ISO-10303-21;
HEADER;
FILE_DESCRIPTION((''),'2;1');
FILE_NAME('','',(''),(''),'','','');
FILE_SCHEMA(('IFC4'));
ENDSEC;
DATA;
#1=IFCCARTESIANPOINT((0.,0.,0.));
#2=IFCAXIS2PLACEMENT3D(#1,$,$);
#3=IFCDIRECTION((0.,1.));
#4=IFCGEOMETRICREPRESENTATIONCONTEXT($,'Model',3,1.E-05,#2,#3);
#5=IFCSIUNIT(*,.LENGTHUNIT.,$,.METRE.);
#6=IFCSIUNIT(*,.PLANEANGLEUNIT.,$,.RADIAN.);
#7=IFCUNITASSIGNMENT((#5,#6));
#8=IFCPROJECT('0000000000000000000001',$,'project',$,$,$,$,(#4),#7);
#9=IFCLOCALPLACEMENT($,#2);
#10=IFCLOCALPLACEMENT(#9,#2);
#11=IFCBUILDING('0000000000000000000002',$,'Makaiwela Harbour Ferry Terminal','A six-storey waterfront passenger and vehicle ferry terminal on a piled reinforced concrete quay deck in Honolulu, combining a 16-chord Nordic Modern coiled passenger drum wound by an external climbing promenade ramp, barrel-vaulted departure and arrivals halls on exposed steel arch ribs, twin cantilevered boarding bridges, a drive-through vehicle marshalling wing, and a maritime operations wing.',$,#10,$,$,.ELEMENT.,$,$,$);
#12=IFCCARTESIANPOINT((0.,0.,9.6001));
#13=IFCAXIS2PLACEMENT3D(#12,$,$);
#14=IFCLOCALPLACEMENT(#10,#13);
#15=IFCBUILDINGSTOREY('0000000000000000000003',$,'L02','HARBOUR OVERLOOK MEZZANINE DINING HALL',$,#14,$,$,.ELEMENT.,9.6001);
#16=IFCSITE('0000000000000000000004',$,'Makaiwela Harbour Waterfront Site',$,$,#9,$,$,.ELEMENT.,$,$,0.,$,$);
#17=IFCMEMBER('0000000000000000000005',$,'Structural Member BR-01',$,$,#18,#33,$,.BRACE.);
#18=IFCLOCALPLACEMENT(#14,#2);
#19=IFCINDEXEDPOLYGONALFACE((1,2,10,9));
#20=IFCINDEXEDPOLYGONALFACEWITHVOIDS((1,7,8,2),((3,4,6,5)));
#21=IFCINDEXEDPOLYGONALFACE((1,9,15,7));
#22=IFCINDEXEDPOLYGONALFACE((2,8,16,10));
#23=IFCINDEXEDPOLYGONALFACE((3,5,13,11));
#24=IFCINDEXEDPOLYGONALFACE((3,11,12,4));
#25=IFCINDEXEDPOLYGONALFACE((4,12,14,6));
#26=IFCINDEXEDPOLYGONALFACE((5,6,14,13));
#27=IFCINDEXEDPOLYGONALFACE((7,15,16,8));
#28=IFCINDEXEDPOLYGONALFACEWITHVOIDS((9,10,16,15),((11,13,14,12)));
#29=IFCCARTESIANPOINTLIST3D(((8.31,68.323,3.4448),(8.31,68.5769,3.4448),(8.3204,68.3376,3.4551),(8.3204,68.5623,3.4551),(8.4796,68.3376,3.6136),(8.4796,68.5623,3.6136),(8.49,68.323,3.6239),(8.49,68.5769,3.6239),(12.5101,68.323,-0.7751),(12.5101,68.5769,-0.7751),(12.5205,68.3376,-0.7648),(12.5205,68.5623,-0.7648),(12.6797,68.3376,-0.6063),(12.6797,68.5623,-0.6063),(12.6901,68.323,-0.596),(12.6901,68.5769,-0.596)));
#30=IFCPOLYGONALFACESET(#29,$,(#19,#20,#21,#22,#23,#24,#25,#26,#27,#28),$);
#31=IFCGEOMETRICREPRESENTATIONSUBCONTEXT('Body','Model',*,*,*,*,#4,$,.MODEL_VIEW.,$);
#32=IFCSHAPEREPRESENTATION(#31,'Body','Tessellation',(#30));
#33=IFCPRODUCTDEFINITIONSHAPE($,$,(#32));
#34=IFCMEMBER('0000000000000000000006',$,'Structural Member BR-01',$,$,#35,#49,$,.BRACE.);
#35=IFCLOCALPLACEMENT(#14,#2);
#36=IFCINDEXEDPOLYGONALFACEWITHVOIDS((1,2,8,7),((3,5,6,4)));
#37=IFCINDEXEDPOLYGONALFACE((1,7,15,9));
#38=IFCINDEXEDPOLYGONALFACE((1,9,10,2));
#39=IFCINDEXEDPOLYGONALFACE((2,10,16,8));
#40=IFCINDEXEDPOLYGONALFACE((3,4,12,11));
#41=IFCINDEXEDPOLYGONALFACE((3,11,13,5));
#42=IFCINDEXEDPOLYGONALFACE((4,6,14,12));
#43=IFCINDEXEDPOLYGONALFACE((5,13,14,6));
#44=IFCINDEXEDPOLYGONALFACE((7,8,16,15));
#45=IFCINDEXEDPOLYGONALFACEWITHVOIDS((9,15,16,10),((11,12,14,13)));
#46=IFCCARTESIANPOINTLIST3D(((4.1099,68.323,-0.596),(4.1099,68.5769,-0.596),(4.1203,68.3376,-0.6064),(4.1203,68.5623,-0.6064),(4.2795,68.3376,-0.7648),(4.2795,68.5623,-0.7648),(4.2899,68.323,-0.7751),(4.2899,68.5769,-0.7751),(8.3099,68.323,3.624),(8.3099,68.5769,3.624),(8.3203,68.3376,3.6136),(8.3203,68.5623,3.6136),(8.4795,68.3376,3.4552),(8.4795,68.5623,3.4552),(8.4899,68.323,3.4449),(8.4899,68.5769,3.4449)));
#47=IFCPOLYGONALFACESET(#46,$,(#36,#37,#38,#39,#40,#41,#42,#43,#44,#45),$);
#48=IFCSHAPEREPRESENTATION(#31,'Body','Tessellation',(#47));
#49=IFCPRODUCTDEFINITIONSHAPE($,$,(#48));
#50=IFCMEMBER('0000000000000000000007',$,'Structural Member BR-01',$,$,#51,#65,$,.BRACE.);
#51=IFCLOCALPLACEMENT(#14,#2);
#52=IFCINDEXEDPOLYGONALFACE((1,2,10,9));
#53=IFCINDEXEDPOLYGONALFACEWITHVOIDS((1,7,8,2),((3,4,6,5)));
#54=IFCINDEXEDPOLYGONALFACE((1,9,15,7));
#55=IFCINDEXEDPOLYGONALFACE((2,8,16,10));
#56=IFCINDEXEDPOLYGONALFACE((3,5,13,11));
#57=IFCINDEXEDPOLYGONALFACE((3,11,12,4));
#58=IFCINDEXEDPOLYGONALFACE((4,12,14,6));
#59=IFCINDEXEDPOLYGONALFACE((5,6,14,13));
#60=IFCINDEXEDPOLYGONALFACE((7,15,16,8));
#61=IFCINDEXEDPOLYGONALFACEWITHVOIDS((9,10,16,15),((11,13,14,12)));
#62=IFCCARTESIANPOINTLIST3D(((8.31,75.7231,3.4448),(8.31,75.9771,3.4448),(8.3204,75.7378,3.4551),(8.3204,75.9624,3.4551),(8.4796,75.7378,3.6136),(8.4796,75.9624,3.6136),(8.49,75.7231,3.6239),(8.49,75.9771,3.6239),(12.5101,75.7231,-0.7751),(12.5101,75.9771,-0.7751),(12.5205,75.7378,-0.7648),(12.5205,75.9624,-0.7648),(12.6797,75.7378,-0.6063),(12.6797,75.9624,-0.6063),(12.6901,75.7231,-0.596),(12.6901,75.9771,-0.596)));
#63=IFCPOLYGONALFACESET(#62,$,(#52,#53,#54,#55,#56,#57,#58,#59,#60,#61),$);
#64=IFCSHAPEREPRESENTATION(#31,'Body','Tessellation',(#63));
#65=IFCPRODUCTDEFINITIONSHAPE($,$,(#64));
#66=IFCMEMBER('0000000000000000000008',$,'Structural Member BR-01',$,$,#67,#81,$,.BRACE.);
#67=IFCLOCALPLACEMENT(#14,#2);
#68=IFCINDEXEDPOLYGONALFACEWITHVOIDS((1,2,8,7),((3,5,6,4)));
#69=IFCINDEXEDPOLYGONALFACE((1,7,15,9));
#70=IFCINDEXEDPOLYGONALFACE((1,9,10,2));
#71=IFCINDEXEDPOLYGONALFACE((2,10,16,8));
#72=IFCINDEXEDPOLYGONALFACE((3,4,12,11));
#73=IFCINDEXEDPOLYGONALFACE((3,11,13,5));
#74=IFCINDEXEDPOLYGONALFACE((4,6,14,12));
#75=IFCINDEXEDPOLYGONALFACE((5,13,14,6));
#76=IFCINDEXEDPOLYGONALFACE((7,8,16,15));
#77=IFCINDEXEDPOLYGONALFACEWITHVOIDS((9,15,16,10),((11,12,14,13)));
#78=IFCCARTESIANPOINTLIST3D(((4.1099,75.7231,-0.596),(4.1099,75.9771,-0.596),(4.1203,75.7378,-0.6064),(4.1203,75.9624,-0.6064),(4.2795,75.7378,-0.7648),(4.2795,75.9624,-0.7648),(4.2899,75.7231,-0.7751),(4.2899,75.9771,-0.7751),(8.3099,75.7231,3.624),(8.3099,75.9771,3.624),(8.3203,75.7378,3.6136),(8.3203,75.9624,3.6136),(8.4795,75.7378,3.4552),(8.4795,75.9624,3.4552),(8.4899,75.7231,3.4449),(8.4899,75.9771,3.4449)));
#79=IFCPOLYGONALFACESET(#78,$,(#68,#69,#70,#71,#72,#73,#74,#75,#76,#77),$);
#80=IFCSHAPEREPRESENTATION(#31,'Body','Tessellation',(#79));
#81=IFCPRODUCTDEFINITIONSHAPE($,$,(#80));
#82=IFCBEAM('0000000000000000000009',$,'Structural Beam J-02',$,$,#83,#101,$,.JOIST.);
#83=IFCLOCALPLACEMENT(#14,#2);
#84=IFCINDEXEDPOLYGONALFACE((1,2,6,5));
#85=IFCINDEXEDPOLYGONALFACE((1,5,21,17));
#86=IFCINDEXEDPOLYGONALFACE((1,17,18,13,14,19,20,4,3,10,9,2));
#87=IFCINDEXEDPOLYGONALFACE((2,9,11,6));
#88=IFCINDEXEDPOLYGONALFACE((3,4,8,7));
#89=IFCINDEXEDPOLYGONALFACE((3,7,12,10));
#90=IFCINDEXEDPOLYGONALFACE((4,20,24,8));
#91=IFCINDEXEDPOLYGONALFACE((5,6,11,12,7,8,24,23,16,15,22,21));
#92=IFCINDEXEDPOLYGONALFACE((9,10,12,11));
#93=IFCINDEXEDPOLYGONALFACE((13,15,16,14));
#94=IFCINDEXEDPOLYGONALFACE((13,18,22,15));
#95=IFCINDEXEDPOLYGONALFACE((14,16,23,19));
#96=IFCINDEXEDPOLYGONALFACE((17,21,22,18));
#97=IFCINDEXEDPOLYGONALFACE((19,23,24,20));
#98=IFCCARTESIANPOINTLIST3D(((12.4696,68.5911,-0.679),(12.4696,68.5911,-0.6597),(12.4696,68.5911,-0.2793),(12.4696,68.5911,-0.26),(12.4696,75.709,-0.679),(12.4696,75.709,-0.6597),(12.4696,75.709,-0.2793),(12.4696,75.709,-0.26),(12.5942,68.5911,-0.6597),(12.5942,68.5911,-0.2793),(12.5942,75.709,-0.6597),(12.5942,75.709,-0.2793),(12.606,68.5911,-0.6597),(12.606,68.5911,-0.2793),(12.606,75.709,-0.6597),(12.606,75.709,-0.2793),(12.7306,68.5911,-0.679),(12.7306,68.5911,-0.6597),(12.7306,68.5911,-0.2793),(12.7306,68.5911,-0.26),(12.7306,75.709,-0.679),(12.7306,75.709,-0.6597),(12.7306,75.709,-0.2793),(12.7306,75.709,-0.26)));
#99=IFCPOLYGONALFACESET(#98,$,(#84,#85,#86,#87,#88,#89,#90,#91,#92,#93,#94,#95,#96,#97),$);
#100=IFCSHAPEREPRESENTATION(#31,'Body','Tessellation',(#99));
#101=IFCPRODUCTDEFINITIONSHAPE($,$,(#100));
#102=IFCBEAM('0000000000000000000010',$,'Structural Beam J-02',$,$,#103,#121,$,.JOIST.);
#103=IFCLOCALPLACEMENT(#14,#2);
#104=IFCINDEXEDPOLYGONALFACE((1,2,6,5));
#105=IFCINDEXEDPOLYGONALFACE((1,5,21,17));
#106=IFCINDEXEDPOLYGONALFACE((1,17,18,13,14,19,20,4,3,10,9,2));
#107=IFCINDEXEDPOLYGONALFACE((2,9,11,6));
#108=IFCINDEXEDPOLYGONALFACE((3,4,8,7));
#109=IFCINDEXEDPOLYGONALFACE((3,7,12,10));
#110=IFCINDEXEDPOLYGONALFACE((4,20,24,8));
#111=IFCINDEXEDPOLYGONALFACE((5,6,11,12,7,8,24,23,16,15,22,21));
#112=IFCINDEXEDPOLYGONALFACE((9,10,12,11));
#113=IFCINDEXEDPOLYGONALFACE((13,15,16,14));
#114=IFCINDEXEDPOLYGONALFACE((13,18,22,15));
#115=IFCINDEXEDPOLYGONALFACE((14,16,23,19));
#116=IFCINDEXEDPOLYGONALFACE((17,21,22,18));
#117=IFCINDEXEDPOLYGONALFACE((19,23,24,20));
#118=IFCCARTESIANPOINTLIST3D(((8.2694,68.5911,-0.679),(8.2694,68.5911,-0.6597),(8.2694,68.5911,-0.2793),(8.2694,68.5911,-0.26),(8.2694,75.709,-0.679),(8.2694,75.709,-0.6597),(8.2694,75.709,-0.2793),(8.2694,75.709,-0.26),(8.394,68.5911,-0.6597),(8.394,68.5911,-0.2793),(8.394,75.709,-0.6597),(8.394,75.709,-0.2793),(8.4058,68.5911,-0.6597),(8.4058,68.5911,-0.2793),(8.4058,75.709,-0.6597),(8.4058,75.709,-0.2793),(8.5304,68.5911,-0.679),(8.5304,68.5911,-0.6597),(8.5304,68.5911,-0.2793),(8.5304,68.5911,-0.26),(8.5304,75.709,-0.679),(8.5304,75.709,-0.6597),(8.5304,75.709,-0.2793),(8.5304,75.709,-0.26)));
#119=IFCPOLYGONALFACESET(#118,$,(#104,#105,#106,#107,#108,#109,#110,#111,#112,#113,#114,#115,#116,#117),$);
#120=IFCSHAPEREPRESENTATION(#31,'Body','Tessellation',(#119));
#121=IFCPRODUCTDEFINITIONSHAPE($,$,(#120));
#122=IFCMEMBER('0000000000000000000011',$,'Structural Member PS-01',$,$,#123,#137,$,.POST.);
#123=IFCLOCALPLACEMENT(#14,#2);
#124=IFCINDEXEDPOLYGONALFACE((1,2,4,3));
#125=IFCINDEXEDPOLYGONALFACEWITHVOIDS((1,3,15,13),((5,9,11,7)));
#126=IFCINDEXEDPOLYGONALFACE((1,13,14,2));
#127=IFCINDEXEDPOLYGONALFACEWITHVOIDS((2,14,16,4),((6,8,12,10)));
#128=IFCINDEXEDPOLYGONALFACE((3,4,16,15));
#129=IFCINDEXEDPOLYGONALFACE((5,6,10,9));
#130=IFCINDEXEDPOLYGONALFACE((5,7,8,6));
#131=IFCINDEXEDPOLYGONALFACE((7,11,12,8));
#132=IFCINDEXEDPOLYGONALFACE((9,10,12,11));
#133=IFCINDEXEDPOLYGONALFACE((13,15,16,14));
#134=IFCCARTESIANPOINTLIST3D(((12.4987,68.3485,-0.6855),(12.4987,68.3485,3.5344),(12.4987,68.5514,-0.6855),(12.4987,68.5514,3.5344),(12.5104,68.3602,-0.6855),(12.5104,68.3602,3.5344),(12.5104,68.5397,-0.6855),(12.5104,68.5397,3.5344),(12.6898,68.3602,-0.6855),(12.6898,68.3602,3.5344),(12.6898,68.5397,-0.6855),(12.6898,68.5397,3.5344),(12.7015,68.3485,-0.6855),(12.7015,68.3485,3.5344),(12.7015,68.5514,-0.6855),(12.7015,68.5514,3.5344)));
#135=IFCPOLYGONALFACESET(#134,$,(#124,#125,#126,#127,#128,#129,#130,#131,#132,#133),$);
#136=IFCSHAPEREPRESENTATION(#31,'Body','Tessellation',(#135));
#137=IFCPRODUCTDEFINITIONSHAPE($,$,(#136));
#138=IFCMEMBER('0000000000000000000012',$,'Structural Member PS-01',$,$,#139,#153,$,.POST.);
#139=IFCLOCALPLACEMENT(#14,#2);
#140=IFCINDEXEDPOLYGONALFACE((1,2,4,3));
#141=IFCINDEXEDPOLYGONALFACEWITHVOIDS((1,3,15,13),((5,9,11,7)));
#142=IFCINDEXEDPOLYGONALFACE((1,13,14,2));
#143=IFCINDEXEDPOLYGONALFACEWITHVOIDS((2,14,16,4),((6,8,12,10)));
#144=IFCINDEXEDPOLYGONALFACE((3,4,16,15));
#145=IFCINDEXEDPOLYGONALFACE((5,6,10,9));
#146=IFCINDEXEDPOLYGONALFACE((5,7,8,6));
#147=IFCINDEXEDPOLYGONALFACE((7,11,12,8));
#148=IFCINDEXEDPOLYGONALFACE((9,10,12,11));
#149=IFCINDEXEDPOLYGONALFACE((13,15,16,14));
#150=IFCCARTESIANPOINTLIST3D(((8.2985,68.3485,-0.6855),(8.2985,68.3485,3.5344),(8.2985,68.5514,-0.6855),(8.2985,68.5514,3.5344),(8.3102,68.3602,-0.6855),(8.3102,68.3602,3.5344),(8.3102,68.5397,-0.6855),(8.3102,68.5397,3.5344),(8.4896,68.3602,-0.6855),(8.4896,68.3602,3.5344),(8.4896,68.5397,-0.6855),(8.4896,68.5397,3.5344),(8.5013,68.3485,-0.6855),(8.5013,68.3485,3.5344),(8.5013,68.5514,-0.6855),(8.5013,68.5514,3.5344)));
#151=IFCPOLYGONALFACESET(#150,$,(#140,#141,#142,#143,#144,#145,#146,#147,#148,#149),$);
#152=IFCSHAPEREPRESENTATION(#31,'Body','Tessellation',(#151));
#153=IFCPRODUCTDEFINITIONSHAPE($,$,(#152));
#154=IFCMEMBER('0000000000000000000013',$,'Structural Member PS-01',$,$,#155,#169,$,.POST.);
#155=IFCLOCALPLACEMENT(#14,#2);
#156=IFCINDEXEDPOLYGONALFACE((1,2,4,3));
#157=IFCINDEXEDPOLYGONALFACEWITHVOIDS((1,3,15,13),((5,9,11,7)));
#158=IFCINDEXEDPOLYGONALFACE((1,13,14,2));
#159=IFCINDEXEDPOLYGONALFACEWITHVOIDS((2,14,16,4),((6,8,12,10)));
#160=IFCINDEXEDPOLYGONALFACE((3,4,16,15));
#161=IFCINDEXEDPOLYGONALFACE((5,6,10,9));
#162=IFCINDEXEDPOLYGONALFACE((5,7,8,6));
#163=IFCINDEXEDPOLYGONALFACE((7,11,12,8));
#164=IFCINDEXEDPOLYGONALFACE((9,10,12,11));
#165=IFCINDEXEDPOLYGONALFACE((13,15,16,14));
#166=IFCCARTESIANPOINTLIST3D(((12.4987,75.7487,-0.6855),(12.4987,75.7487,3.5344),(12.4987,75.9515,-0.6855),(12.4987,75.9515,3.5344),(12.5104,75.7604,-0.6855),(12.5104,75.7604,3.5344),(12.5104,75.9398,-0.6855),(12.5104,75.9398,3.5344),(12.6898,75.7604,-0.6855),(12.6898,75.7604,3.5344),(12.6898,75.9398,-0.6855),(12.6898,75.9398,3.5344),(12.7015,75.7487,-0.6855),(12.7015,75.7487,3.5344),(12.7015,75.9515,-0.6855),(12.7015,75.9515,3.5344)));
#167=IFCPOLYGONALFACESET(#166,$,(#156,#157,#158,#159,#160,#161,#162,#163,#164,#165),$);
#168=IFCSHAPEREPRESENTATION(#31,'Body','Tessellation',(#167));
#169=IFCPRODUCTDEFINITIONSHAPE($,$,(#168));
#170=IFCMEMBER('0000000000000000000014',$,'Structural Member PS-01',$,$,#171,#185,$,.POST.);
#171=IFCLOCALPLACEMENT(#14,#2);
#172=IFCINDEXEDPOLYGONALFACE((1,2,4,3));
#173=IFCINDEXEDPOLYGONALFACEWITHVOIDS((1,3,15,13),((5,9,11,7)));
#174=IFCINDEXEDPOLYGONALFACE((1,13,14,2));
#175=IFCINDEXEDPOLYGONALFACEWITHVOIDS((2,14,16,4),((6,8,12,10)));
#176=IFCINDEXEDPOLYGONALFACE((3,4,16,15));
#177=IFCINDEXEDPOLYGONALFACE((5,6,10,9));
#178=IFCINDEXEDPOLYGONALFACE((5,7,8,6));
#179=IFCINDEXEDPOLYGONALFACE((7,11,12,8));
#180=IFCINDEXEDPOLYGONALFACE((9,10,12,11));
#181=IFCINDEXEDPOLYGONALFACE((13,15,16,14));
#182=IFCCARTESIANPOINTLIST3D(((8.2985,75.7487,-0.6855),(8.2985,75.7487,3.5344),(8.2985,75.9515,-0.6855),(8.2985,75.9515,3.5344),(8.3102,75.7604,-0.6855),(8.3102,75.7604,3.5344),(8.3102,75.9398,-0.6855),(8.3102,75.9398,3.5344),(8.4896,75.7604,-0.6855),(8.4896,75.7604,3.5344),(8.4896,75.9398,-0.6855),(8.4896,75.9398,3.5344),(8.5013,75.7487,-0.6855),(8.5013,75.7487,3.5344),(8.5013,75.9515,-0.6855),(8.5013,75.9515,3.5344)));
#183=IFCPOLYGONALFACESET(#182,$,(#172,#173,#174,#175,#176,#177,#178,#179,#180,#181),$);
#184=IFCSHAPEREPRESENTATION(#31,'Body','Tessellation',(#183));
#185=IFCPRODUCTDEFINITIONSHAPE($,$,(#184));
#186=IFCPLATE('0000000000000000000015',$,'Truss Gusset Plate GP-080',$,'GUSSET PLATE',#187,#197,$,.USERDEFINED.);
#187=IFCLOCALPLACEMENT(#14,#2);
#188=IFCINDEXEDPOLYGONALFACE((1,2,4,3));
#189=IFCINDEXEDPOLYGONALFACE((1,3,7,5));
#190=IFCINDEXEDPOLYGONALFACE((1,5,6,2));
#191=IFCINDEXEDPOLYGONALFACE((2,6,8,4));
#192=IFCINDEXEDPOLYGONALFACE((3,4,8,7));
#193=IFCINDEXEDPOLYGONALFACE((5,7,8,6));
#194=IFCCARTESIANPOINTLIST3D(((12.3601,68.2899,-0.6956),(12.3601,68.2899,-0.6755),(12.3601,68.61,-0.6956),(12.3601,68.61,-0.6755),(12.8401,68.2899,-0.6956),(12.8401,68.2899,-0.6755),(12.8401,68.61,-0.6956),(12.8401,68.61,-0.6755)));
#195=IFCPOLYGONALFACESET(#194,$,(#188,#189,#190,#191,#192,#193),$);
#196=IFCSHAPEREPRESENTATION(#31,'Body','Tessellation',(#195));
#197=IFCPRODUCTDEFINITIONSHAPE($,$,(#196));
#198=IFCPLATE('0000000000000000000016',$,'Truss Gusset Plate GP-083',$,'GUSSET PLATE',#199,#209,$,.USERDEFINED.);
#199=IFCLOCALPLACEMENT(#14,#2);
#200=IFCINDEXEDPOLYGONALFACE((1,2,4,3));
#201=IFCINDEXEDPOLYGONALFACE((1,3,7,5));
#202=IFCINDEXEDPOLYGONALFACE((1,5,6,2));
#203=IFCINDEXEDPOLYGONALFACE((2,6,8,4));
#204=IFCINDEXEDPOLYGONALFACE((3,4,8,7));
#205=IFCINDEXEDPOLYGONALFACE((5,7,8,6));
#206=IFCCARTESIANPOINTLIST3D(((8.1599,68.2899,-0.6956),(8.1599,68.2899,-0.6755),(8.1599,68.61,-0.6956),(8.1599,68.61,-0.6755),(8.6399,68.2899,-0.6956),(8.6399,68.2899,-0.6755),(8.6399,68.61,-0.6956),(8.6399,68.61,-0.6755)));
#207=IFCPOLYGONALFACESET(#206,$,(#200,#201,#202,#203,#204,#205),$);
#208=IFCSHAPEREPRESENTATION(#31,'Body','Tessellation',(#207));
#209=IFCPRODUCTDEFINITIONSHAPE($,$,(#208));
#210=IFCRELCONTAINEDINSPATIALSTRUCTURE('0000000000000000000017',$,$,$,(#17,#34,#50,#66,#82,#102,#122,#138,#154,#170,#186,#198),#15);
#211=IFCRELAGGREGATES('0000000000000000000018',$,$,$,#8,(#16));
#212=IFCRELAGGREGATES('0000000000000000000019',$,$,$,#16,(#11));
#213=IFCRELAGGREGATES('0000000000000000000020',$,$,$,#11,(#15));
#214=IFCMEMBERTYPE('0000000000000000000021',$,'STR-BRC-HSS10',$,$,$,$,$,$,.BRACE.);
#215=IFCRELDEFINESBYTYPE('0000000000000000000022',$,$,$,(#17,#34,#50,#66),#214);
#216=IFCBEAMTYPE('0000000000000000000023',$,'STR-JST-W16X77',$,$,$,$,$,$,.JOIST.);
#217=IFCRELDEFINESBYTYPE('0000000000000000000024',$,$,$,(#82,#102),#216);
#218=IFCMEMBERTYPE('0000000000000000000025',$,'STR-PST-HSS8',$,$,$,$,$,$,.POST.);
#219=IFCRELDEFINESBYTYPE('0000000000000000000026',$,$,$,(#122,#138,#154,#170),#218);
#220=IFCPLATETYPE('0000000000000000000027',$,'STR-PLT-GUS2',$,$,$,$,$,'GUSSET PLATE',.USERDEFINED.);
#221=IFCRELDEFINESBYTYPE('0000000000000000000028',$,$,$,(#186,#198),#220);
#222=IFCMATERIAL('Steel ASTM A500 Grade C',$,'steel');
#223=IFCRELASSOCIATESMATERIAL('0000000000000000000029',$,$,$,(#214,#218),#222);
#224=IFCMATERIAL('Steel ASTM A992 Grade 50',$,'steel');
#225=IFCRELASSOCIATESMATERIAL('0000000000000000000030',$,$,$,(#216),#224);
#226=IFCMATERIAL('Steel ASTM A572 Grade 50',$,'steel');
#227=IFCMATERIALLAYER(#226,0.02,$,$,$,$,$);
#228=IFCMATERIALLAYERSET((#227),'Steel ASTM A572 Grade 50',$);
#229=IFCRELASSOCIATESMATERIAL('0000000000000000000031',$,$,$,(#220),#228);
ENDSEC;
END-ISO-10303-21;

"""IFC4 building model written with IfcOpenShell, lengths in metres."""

from ifc_helpers import new_model, si_unit, direction, frame, origin, origin_2d, place, context, subcontext, project, spatial, rectangle, hollow_rectangle, i_section, extrude, material, layer, layer_set, material_profile, profile_set, type_object, element, save


model = new_model("IFC4")

# Units and contexts
model_context = context("Model", 3, precision=1e-05, world=origin(), true_north=direction((0.0, 1.0)))
body_context = subcontext(model_context, "Body", "Model", "MODEL_VIEW")
ifc_project = project(units=[si_unit("LENGTHUNIT", "METRE"), si_unit("PLANEANGLEUNIT", "RADIAN")], contexts=[model_context])

# Site, building, storey
site_placement = place(None, origin())
site = spatial("IfcSite", under=ifc_project, at=site_placement, Name="Makaiwela Harbour Waterfront Site", CompositionType="ELEMENT", RefElevation=0.0)
building_placement = place(site_placement, origin())
building = spatial("IfcBuilding", under=site, at=building_placement, Name="Makaiwela Harbour Ferry Terminal", Description="A six-storey waterfront passenger and vehicle ferry terminal on a piled reinforced concrete quay deck in Honolulu, combining a 16-chord Nordic Modern coiled passenger drum wound by an external climbing promenade ramp, barrel-vaulted departure and arrivals halls on exposed steel arch ribs, twin cantilevered boarding bridges, a drive-through vehicle marshalling wing, and a maritime operations wing.", CompositionType="ELEMENT")
storey_placement = place(building_placement, frame((0.0, 0.0, 9.6001)))
storey = spatial("IfcBuildingStorey", under=building, at=storey_placement, Name="L02", Description="HARBOUR OVERLOOK MEZZANINE DINING HALL", CompositionType="ELEMENT", Elevation=9.6001)

# Members
ifc_material_1 = material(Name="Steel ASTM A500 Grade C", Category="steel")
ifc_material_profile_1 = material_profile(ifc_material_1, hollow_rectangle(XDim=0.2539, YDim=0.2539, WallThickness=0.0146, at=origin_2d()), Name="HSS10X10X5/8")
ifc_profile_set_1 = profile_set([ifc_material_profile_1], Name="Steel ASTM A500 Grade C")
member_type_1 = type_object("IfcMemberType", Name="STR-BRC-HSS10", PredefinedType="BRACE", material=ifc_profile_set_1)
for number, where, z_axis, x_axis, name in (
    (1, (12.6001, 68.45, -0.6855), (-0.705444, 0.0, 0.708766), (0.0, -1.0, 0.0), "Structural Member BR-01"),
    (2, (8.3999, 68.45, 3.5344), (-0.705424, 0.0, -0.708786), (0.0, -1.0, 0.0), "Structural Member BR-01"),
    (3, (12.6001, 75.8501, -0.6855), (-0.705444, 0.0, 0.708766), (0.0, -1.0, 0.0), "Structural Member BR-01"),
    (4, (8.3999, 75.8501, 3.5344), (-0.705424, 0.0, -0.708786), (0.0, -1.0, 0.0), "Structural Member BR-01"),
):
    element("IfcMember", number, at=place(storey_placement, frame(where, z_axis=z_axis, x_axis=x_axis)), inside=storey, type_object=member_type_1, Name=name, PredefinedType="BRACE", context=body_context, shape_type="SweptSolid", body=[
        extrude(hollow_rectangle(XDim=0.2539, YDim=0.2539, WallThickness=0.0146, at=origin_2d()), origin(), (0.0, 0.0, 1.0), 5.9539),
    ])

# Beams
ifc_material_2 = material(Name="Steel ASTM A992 Grade 50", Category="steel")
ifc_material_profile_2 = material_profile(ifc_material_2, i_section(OverallWidth=0.261, OverallDepth=0.4189, WebThickness=0.0117, FlangeThickness=0.0193, at=origin_2d()), Name="W16X77")
ifc_profile_set_2 = profile_set([ifc_material_profile_2], Name="Steel ASTM A992 Grade 50")
beam_type = type_object("IfcBeamType", Name="STR-JST-W16X77", PredefinedType="JOIST", material=ifc_profile_set_2)
for number, where, z_axis, x_axis, name in (
    (5, (12.6001, 68.5911, -0.4695), (0.0, 1.0, 0.0), (-1.0, 0.0, 0.0), "Structural Beam J-02"),
    (6, (8.3999, 68.5911, -0.4695), (0.0, 1.0, 0.0), (-1.0, 0.0, 0.0), "Structural Beam J-02"),
):
    element("IfcBeam", number, at=place(storey_placement, frame(where, z_axis=z_axis, x_axis=x_axis)), inside=storey, type_object=beam_type, Name=name, PredefinedType="JOIST", context=body_context, shape_type="SweptSolid", body=[
        extrude(i_section(OverallWidth=0.261, OverallDepth=0.4189, WebThickness=0.0117, FlangeThickness=0.0193, at=origin_2d()), origin(), (0.0, 0.0, 1.0), 7.1179),
    ])

# Members
ifc_material_profile_3 = material_profile(ifc_material_1, hollow_rectangle(XDim=0.2029, YDim=0.2029, WallThickness=0.0117, at=origin_2d()), Name="HSS8X8X1/2")
ifc_profile_set_3 = profile_set([ifc_material_profile_3], Name="Steel ASTM A500 Grade C")
member_type_2 = type_object("IfcMemberType", Name="STR-PST-HSS8", PredefinedType="POST", material=ifc_profile_set_3)
for number, where, z_axis, x_axis, name in (
    (7, (12.6001, 68.45, -0.6855), (0.0, 0.0, 1.0), (1.0, 0.0, 0.0), "Structural Member PS-01"),
    (8, (8.3999, 68.45, -0.6855), (0.0, 0.0, 1.0), (1.0, 0.0, 0.0), "Structural Member PS-01"),
    (9, (12.6001, 75.8501, -0.6855), (0.0, 0.0, 1.0), (1.0, 0.0, 0.0), "Structural Member PS-01"),
    (10, (8.3999, 75.8501, -0.6855), (0.0, 0.0, 1.0), (1.0, 0.0, 0.0), "Structural Member PS-01"),
):
    element("IfcMember", number, at=place(storey_placement, frame(where, z_axis=z_axis, x_axis=x_axis)), inside=storey, type_object=member_type_2, Name=name, PredefinedType="POST", context=body_context, shape_type="SweptSolid", body=[
        extrude(hollow_rectangle(XDim=0.2029, YDim=0.2029, WallThickness=0.0117, at=origin_2d()), origin(), (0.0, 0.0, 1.0), 4.22),
    ])

# Plates
ifc_material_3 = material(Name="Steel ASTM A572 Grade 50", Category="steel")
ifc_layer_1 = layer(ifc_material_3, 0.02)
ifc_layer_set_1 = layer_set([ifc_layer_1], Name="Steel ASTM A572 Grade 50")
plate_type = type_object("IfcPlateType", Name="STR-PLT-GUS2", ElementType="GUSSET PLATE", PredefinedType="USERDEFINED", material=ifc_layer_set_1)
for number, where, z_axis, x_axis, name in (
    (11, (12.6001, 68.45, -0.6956), (0.0, 0.0, 1.0), (1.0, 0.0, 0.0), "Truss Gusset Plate GP-080"),
    (12, (8.3999, 68.45, -0.6956), (0.0, 0.0, 1.0), (1.0, 0.0, 0.0), "Truss Gusset Plate GP-083"),
):
    element("IfcPlate", number, at=place(storey_placement, frame(where, z_axis=z_axis, x_axis=x_axis)), inside=storey, type_object=plate_type, Name=name, ObjectType="GUSSET PLATE", PredefinedType="USERDEFINED", context=body_context, shape_type="SweptSolid", body=[
        extrude(rectangle(XDim=0.48, YDim=0.3201, at=origin_2d()), origin(), (0.0, 0.0, 1.0), 0.02),
    ])

save(model, "model.ifc")
